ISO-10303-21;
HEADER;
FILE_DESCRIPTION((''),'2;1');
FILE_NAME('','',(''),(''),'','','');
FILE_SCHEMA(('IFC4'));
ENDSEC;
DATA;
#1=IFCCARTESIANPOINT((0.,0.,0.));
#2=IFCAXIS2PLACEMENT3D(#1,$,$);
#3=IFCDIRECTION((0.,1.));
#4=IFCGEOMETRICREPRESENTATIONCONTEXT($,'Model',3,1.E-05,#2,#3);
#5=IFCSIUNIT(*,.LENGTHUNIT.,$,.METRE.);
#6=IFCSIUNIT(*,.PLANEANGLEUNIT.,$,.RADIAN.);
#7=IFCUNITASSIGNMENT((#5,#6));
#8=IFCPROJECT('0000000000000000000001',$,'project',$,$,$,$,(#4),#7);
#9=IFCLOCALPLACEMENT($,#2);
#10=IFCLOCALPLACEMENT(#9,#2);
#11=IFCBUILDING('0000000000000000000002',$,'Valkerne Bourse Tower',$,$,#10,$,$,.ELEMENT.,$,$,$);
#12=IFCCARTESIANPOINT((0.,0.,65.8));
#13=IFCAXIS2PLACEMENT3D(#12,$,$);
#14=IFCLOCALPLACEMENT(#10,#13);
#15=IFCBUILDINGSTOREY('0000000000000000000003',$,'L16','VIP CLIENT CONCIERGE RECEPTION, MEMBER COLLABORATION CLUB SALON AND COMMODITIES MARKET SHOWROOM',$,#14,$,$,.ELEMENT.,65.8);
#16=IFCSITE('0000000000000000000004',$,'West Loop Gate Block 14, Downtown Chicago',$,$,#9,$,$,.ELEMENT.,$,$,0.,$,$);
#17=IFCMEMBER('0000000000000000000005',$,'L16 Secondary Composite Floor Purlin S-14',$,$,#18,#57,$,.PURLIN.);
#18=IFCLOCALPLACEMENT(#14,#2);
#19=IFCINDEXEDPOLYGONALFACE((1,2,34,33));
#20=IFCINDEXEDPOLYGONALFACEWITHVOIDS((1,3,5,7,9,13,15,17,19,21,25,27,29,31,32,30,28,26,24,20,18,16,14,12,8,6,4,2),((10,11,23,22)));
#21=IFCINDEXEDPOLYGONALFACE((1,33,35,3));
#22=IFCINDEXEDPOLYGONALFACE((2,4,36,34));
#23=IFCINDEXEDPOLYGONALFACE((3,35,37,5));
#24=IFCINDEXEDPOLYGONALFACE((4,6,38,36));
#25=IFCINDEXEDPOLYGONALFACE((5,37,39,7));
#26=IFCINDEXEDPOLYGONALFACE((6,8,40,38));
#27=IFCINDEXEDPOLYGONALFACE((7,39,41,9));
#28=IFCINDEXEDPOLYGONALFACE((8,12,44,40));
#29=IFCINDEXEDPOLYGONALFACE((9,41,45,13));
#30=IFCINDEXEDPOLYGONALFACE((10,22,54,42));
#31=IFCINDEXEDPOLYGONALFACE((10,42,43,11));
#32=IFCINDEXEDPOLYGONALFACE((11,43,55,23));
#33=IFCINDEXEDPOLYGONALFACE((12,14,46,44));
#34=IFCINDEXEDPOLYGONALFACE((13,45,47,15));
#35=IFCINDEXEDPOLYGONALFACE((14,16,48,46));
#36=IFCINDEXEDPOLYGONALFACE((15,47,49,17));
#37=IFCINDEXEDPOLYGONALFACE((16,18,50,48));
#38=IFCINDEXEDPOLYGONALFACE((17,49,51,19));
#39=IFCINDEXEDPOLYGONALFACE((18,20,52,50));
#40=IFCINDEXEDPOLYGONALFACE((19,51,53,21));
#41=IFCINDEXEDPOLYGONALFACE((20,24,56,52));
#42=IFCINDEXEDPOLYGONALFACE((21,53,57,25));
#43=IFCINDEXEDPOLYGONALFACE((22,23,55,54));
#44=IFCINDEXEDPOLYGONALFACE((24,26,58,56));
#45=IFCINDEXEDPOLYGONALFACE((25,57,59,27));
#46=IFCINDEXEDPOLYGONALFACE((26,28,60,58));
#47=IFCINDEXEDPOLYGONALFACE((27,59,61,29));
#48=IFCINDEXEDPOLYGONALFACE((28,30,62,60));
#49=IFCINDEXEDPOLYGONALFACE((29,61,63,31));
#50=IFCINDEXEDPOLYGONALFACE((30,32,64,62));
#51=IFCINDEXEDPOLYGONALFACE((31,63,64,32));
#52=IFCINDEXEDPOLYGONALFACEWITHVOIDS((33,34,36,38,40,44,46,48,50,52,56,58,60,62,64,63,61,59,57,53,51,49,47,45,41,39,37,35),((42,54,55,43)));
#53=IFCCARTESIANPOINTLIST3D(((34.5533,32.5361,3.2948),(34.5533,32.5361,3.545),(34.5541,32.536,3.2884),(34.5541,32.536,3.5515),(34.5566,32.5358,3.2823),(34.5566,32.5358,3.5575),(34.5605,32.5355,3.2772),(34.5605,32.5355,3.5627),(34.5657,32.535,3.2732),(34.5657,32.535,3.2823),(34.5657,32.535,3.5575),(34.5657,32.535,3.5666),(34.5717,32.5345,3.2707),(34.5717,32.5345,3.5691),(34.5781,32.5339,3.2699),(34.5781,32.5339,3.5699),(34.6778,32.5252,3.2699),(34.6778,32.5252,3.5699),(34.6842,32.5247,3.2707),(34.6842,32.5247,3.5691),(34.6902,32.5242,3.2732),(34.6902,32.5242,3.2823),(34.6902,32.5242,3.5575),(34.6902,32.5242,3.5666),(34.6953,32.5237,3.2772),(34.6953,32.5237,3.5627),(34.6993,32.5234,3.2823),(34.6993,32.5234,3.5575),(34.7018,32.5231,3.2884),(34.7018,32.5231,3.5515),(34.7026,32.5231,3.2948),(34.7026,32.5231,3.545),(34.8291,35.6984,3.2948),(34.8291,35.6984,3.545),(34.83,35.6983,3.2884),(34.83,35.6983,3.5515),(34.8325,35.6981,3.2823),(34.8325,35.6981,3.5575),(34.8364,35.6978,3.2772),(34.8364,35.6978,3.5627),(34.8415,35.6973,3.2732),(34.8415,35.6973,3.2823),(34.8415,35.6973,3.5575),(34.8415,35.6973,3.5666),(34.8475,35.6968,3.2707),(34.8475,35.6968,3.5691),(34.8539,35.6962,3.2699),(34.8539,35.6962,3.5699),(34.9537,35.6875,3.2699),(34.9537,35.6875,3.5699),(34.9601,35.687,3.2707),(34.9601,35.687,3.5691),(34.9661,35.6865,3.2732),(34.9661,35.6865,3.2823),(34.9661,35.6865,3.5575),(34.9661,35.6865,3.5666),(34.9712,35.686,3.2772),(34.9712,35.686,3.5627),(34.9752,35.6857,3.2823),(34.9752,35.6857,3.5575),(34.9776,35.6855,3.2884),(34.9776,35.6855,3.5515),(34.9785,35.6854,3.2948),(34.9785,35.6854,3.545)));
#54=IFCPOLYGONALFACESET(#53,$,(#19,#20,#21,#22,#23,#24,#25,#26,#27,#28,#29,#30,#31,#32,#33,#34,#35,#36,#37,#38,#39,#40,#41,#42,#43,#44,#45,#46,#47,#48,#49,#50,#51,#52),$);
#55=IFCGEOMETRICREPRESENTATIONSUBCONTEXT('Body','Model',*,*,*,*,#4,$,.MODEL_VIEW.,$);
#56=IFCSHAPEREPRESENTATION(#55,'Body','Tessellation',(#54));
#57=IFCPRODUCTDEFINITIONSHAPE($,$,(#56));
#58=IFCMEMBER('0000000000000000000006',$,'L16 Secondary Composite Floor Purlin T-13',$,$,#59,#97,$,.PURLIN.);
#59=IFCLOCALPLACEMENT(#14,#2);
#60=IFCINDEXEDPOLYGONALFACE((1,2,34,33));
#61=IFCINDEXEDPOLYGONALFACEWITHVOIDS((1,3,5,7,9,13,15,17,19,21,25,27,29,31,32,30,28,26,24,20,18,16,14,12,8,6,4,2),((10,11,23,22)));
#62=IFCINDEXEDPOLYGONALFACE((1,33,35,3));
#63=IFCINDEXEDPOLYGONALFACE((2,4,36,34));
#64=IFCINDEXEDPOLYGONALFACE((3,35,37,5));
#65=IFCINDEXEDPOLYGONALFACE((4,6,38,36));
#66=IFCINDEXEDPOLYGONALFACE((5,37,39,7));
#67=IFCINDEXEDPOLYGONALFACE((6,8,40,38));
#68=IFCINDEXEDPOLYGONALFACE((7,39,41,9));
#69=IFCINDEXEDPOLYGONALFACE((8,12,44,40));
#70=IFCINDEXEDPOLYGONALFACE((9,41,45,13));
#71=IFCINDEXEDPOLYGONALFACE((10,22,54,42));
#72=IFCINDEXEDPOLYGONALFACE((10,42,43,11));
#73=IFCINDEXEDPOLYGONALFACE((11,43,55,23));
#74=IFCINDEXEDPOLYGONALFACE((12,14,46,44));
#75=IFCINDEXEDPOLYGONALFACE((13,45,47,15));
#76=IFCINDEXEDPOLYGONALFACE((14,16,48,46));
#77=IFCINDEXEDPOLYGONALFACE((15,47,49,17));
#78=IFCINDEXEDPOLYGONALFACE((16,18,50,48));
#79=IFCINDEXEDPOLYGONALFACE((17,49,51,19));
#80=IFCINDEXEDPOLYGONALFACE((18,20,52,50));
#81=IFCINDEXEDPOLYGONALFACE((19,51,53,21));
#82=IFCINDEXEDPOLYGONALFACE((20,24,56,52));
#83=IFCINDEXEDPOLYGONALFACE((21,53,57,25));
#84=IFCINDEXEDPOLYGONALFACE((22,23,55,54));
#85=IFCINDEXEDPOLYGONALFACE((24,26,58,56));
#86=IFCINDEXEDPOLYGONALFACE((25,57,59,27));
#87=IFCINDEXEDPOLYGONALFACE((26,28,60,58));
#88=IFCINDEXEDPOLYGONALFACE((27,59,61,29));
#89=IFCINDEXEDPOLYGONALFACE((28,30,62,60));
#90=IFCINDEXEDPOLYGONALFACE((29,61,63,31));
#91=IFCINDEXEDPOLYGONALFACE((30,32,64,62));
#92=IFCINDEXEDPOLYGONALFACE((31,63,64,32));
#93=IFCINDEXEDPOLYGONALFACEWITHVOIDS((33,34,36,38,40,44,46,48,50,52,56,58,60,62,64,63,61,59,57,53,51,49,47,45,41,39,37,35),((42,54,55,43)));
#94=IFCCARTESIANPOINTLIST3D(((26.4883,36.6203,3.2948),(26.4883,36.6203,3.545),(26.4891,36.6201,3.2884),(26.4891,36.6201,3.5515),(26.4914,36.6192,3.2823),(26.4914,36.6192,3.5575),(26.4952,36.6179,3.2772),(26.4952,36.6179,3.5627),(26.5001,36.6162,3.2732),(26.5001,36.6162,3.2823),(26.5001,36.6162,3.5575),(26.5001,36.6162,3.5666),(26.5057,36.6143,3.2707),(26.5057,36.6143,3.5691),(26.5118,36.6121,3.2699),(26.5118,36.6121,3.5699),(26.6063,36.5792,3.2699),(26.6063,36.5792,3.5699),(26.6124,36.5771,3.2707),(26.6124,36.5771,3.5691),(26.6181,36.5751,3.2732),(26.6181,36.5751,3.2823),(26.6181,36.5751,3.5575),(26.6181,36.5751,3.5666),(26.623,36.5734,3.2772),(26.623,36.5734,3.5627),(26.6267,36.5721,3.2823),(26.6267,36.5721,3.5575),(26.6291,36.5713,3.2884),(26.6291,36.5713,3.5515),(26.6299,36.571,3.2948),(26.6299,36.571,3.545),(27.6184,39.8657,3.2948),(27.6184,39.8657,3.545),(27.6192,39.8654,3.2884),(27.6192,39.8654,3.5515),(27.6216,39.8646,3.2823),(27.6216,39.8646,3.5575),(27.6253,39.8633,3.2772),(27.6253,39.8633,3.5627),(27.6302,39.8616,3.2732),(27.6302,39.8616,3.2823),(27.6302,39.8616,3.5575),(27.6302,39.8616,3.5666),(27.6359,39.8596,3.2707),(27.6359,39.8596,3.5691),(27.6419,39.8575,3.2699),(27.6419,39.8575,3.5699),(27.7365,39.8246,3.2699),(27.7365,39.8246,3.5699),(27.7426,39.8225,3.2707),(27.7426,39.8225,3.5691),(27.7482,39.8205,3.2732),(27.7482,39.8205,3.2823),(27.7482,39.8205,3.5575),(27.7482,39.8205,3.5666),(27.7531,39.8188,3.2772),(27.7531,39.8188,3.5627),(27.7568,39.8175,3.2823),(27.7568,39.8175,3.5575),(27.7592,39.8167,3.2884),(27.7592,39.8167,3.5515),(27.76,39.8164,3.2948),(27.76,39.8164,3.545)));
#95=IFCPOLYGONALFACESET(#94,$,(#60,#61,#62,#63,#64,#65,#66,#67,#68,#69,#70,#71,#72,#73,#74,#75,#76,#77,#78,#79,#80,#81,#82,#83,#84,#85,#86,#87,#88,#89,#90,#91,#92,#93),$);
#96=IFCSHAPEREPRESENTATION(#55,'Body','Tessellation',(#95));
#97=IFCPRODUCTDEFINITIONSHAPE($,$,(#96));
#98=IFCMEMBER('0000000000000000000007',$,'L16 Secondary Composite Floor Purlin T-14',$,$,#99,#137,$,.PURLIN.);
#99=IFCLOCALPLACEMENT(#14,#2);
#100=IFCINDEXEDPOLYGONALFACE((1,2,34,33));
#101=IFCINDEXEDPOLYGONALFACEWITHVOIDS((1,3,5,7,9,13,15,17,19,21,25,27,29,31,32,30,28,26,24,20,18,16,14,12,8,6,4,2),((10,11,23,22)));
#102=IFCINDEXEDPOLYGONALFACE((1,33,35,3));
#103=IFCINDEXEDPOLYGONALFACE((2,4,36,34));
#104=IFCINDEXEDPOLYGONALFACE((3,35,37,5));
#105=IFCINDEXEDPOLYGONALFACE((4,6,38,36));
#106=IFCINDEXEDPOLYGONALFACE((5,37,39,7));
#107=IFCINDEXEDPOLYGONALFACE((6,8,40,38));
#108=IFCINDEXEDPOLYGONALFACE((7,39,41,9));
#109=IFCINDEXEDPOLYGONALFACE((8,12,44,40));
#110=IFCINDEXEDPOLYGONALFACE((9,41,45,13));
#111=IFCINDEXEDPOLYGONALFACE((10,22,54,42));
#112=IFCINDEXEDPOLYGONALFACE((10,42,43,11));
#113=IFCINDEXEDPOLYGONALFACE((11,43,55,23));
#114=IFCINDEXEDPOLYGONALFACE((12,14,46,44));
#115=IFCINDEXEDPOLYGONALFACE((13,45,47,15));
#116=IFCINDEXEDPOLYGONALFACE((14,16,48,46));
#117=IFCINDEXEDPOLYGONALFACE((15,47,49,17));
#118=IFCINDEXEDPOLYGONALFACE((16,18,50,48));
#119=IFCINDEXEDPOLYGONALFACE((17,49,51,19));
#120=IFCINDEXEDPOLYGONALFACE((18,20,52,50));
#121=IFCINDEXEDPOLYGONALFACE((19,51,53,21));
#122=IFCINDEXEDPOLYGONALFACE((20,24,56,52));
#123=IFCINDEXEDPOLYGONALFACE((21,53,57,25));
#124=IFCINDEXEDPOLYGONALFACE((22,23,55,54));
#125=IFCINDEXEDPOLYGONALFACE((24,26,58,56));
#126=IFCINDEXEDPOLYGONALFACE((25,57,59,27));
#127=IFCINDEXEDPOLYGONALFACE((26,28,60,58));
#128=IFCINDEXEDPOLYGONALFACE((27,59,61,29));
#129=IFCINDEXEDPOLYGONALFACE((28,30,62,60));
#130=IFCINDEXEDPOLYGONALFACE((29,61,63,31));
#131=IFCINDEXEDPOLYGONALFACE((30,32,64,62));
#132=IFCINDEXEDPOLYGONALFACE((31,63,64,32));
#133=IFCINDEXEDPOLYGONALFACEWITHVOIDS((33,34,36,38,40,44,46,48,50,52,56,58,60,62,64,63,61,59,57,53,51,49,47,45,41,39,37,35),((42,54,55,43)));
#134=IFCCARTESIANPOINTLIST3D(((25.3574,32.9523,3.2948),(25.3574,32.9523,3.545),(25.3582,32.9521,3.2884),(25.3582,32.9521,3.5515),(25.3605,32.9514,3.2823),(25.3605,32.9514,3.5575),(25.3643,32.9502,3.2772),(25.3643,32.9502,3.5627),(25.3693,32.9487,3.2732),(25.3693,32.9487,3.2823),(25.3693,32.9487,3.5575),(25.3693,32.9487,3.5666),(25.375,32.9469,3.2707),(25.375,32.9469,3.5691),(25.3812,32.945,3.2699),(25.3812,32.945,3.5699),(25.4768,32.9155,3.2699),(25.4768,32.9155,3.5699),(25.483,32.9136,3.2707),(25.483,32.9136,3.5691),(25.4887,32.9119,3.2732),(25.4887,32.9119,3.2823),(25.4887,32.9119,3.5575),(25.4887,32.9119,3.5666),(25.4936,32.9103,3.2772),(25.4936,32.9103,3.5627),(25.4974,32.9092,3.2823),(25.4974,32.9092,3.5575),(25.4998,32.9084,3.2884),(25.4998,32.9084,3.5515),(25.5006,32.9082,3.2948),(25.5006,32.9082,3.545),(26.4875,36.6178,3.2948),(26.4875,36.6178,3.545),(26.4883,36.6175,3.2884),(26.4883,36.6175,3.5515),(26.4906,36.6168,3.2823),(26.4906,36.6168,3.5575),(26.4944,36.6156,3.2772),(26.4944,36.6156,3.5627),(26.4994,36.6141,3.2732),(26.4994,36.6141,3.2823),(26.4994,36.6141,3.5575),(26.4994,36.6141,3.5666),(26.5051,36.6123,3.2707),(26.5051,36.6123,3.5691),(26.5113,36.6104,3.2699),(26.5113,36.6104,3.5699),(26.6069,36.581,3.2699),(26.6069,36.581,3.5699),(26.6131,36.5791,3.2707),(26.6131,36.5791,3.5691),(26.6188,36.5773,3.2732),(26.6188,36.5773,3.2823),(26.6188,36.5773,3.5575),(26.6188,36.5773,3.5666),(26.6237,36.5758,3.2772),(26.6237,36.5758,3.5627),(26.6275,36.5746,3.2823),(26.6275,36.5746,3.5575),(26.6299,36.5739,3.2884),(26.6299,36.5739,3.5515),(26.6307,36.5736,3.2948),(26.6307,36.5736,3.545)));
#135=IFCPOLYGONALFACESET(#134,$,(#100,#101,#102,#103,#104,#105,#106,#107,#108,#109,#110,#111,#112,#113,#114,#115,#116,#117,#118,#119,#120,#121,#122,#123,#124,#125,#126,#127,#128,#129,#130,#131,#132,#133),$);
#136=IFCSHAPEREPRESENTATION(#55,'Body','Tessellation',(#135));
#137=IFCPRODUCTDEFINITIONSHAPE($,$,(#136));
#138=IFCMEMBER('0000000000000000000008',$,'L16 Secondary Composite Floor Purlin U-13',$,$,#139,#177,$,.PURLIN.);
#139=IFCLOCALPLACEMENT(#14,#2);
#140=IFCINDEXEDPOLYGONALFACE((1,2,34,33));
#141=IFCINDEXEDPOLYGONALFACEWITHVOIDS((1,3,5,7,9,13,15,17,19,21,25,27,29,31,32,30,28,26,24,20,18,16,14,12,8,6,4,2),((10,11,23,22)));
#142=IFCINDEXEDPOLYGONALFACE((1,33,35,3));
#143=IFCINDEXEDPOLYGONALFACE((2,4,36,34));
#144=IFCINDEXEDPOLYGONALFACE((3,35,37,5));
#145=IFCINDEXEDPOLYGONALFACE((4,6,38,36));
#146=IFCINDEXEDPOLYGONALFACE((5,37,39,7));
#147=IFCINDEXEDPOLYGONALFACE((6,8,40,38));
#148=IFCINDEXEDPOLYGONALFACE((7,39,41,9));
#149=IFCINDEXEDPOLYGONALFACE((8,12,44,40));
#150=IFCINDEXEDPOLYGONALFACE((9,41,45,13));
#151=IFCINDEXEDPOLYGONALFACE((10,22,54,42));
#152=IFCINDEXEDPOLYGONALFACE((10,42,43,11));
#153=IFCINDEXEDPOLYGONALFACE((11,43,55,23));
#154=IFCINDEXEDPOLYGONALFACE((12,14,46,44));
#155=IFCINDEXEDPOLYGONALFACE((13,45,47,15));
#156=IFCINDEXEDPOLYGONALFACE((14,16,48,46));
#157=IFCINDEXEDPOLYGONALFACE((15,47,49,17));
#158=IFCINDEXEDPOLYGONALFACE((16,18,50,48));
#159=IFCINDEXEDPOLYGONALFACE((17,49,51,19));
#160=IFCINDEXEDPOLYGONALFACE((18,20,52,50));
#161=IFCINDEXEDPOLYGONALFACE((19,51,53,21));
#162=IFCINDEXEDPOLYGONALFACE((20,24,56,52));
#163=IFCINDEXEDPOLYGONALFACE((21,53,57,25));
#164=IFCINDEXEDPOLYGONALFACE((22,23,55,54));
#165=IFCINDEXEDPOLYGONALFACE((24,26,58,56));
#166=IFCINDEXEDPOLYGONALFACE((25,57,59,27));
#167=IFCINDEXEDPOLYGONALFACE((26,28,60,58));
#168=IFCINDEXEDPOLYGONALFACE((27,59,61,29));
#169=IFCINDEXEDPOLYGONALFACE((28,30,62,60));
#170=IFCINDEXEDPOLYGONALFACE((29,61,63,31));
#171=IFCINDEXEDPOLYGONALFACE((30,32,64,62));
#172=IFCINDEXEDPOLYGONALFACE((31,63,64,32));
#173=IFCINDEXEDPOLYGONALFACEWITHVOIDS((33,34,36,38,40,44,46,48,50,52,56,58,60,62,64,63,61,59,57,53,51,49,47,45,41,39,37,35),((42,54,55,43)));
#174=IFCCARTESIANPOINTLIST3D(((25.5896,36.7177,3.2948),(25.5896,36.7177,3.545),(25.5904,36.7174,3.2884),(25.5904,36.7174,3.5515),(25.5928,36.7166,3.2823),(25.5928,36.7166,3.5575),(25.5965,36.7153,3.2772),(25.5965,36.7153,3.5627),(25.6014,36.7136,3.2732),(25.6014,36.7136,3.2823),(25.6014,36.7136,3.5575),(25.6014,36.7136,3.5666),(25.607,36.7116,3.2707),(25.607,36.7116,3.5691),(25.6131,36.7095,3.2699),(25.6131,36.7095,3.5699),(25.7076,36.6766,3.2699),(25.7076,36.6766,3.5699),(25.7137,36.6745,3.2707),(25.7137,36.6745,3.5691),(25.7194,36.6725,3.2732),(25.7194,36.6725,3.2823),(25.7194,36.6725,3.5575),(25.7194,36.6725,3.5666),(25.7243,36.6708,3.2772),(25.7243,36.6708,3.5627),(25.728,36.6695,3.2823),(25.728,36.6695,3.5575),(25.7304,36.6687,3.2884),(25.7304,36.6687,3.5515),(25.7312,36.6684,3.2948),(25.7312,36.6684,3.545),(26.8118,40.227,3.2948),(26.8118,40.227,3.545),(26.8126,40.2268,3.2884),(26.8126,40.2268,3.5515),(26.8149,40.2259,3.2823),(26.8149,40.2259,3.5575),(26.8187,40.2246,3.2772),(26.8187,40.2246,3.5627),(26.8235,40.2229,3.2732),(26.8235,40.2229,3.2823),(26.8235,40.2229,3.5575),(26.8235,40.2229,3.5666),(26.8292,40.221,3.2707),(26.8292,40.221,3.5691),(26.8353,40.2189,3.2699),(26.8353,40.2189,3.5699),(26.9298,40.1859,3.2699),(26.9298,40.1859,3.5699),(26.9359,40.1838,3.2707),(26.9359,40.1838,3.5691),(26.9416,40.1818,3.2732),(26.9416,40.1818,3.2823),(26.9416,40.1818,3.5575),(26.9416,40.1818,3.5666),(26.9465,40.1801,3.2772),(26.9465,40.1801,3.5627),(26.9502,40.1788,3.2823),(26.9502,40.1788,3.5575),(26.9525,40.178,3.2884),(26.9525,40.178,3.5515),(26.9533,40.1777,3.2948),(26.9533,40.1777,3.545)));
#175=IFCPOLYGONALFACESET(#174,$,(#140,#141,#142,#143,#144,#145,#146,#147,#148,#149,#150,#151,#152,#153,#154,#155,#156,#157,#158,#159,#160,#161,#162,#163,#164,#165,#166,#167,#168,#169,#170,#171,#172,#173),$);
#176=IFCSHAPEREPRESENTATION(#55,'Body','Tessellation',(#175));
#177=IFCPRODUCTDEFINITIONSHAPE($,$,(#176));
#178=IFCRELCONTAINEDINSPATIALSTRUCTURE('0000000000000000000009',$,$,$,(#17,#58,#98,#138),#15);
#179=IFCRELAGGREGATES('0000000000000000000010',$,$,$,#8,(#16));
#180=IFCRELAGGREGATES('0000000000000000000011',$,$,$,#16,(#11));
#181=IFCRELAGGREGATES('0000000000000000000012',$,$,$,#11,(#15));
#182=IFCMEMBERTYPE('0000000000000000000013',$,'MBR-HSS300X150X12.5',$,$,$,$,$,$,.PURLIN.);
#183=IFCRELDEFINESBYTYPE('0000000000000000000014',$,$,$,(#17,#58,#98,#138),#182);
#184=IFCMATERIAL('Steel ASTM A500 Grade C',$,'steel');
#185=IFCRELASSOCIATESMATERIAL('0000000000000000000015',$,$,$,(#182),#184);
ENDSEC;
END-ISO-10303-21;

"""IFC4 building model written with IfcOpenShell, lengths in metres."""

from ifc_helpers import new_model, si_unit, direction, frame, origin, origin_2d, place, context, subcontext, project, spatial, hollow_rectangle, extrude, material, material_profile, profile_set, type_object, element, save


model = new_model("IFC4")

# Units and contexts
model_context = context("Model", 3, precision=1e-05, world=origin(), true_north=direction((0.0, 1.0)))
body_context = subcontext(model_context, "Body", "Model", "MODEL_VIEW")
ifc_project = project(units=[si_unit("LENGTHUNIT", "METRE"), si_unit("PLANEANGLEUNIT", "RADIAN")], contexts=[model_context])

# Site, building, storey
site_placement = place(None, origin())
site = spatial("IfcSite", under=ifc_project, at=site_placement, Name="West Loop Gate Block 14, Downtown Chicago", CompositionType="ELEMENT", RefElevation=0.0)
building_placement = place(site_placement, origin())
building = spatial("IfcBuilding", under=site, at=building_placement, Name="Valkerne Bourse Tower", CompositionType="ELEMENT")
storey_placement = place(building_placement, frame((0.0, 0.0, 65.8)))
storey = spatial("IfcBuildingStorey", under=building, at=storey_placement, Name="L16", Description="VIP CLIENT CONCIERGE RECEPTION, MEMBER COLLABORATION CLUB SALON AND COMMODITIES MARKET SHOWROOM", CompositionType="ELEMENT", Elevation=65.8)

# Members
ifc_material_1 = material(Name="Steel ASTM A500 Grade C", Category="steel")
ifc_material_profile_1 = material_profile(ifc_material_1, hollow_rectangle(XDim=0.1499, YDim=0.3, WallThickness=0.0125, OuterFilletRadius=0.0249, at=origin_2d()), Name="HSS300X150X12.5")
ifc_profile_set_1 = profile_set([ifc_material_profile_1], Name="Steel ASTM A500 Grade C")
member_type_1 = type_object("IfcMemberType", Name="MBR-HSS300X150X12.5", PredefinedType="PURLIN", material=ifc_profile_set_1)
member_1_placement = place(storey_placement, frame((34.9038, 35.6919, 3.4199), z_axis=(-0.086908, -0.996216, 0.0), x_axis=(0.996216, -0.086908, 0.0)))
element("IfcMember", 1, at=member_1_placement, inside=storey, type_object=member_type_1, Name="L16 Secondary Composite Floor Purlin S-14", PredefinedType="PURLIN", context=body_context, shape_type="SweptSolid", body=[
    extrude(hollow_rectangle(XDim=0.1499, YDim=0.3, WallThickness=0.0125, OuterFilletRadius=0.0249, at=origin_2d()), origin(), (0.0, 0.0, 1.0), 3.1743),
])
member_2_placement = place(storey_placement, frame((27.6892, 39.8411, 3.4199), z_axis=(-0.32886, -0.944379, 0.0), x_axis=(0.944379, -0.32886, 0.0)))
element("IfcMember", 2, at=member_2_placement, inside=storey, type_object=member_type_1, Name="L16 Secondary Composite Floor Purlin T-13", PredefinedType="PURLIN", context=body_context, shape_type="SweptSolid", body=[
    extrude(hollow_rectangle(XDim=0.1499, YDim=0.3, WallThickness=0.0125, OuterFilletRadius=0.0249, at=origin_2d()), origin(), (0.0, 0.0, 1.0), 3.4365),
])
member_3_placement = place(storey_placement, frame((26.5591, 36.5957, 3.4199), z_axis=(-0.294627, -0.955612, 0.0), x_axis=(0.955612, -0.294627, 0.0)))
element("IfcMember", 3, at=member_3_placement, inside=storey, type_object=member_type_1, Name="L16 Secondary Composite Floor Purlin T-14", PredefinedType="PURLIN", context=body_context, shape_type="SweptSolid", body=[
    extrude(hollow_rectangle(XDim=0.1499, YDim=0.3, WallThickness=0.0125, OuterFilletRadius=0.0249, at=origin_2d()), origin(), (0.0, 0.0, 1.0), 3.8357),
])
member_4_placement = place(storey_placement, frame((26.8826, 40.2024, 3.4199), z_axis=(-0.328893, -0.944367, 0.0), x_axis=(0.944367, -0.328893, 0.0)))
element("IfcMember", 4, at=member_4_placement, inside=storey, type_object=member_type_1, Name="L16 Secondary Composite Floor Purlin U-13", PredefinedType="PURLIN", context=body_context, shape_type="SweptSolid", body=[
    extrude(hollow_rectangle(XDim=0.1499, YDim=0.3, WallThickness=0.0125, OuterFilletRadius=0.0249, at=origin_2d()), origin(), (0.0, 0.0, 1.0), 3.7161),
])

save(model, "model.ifc")
